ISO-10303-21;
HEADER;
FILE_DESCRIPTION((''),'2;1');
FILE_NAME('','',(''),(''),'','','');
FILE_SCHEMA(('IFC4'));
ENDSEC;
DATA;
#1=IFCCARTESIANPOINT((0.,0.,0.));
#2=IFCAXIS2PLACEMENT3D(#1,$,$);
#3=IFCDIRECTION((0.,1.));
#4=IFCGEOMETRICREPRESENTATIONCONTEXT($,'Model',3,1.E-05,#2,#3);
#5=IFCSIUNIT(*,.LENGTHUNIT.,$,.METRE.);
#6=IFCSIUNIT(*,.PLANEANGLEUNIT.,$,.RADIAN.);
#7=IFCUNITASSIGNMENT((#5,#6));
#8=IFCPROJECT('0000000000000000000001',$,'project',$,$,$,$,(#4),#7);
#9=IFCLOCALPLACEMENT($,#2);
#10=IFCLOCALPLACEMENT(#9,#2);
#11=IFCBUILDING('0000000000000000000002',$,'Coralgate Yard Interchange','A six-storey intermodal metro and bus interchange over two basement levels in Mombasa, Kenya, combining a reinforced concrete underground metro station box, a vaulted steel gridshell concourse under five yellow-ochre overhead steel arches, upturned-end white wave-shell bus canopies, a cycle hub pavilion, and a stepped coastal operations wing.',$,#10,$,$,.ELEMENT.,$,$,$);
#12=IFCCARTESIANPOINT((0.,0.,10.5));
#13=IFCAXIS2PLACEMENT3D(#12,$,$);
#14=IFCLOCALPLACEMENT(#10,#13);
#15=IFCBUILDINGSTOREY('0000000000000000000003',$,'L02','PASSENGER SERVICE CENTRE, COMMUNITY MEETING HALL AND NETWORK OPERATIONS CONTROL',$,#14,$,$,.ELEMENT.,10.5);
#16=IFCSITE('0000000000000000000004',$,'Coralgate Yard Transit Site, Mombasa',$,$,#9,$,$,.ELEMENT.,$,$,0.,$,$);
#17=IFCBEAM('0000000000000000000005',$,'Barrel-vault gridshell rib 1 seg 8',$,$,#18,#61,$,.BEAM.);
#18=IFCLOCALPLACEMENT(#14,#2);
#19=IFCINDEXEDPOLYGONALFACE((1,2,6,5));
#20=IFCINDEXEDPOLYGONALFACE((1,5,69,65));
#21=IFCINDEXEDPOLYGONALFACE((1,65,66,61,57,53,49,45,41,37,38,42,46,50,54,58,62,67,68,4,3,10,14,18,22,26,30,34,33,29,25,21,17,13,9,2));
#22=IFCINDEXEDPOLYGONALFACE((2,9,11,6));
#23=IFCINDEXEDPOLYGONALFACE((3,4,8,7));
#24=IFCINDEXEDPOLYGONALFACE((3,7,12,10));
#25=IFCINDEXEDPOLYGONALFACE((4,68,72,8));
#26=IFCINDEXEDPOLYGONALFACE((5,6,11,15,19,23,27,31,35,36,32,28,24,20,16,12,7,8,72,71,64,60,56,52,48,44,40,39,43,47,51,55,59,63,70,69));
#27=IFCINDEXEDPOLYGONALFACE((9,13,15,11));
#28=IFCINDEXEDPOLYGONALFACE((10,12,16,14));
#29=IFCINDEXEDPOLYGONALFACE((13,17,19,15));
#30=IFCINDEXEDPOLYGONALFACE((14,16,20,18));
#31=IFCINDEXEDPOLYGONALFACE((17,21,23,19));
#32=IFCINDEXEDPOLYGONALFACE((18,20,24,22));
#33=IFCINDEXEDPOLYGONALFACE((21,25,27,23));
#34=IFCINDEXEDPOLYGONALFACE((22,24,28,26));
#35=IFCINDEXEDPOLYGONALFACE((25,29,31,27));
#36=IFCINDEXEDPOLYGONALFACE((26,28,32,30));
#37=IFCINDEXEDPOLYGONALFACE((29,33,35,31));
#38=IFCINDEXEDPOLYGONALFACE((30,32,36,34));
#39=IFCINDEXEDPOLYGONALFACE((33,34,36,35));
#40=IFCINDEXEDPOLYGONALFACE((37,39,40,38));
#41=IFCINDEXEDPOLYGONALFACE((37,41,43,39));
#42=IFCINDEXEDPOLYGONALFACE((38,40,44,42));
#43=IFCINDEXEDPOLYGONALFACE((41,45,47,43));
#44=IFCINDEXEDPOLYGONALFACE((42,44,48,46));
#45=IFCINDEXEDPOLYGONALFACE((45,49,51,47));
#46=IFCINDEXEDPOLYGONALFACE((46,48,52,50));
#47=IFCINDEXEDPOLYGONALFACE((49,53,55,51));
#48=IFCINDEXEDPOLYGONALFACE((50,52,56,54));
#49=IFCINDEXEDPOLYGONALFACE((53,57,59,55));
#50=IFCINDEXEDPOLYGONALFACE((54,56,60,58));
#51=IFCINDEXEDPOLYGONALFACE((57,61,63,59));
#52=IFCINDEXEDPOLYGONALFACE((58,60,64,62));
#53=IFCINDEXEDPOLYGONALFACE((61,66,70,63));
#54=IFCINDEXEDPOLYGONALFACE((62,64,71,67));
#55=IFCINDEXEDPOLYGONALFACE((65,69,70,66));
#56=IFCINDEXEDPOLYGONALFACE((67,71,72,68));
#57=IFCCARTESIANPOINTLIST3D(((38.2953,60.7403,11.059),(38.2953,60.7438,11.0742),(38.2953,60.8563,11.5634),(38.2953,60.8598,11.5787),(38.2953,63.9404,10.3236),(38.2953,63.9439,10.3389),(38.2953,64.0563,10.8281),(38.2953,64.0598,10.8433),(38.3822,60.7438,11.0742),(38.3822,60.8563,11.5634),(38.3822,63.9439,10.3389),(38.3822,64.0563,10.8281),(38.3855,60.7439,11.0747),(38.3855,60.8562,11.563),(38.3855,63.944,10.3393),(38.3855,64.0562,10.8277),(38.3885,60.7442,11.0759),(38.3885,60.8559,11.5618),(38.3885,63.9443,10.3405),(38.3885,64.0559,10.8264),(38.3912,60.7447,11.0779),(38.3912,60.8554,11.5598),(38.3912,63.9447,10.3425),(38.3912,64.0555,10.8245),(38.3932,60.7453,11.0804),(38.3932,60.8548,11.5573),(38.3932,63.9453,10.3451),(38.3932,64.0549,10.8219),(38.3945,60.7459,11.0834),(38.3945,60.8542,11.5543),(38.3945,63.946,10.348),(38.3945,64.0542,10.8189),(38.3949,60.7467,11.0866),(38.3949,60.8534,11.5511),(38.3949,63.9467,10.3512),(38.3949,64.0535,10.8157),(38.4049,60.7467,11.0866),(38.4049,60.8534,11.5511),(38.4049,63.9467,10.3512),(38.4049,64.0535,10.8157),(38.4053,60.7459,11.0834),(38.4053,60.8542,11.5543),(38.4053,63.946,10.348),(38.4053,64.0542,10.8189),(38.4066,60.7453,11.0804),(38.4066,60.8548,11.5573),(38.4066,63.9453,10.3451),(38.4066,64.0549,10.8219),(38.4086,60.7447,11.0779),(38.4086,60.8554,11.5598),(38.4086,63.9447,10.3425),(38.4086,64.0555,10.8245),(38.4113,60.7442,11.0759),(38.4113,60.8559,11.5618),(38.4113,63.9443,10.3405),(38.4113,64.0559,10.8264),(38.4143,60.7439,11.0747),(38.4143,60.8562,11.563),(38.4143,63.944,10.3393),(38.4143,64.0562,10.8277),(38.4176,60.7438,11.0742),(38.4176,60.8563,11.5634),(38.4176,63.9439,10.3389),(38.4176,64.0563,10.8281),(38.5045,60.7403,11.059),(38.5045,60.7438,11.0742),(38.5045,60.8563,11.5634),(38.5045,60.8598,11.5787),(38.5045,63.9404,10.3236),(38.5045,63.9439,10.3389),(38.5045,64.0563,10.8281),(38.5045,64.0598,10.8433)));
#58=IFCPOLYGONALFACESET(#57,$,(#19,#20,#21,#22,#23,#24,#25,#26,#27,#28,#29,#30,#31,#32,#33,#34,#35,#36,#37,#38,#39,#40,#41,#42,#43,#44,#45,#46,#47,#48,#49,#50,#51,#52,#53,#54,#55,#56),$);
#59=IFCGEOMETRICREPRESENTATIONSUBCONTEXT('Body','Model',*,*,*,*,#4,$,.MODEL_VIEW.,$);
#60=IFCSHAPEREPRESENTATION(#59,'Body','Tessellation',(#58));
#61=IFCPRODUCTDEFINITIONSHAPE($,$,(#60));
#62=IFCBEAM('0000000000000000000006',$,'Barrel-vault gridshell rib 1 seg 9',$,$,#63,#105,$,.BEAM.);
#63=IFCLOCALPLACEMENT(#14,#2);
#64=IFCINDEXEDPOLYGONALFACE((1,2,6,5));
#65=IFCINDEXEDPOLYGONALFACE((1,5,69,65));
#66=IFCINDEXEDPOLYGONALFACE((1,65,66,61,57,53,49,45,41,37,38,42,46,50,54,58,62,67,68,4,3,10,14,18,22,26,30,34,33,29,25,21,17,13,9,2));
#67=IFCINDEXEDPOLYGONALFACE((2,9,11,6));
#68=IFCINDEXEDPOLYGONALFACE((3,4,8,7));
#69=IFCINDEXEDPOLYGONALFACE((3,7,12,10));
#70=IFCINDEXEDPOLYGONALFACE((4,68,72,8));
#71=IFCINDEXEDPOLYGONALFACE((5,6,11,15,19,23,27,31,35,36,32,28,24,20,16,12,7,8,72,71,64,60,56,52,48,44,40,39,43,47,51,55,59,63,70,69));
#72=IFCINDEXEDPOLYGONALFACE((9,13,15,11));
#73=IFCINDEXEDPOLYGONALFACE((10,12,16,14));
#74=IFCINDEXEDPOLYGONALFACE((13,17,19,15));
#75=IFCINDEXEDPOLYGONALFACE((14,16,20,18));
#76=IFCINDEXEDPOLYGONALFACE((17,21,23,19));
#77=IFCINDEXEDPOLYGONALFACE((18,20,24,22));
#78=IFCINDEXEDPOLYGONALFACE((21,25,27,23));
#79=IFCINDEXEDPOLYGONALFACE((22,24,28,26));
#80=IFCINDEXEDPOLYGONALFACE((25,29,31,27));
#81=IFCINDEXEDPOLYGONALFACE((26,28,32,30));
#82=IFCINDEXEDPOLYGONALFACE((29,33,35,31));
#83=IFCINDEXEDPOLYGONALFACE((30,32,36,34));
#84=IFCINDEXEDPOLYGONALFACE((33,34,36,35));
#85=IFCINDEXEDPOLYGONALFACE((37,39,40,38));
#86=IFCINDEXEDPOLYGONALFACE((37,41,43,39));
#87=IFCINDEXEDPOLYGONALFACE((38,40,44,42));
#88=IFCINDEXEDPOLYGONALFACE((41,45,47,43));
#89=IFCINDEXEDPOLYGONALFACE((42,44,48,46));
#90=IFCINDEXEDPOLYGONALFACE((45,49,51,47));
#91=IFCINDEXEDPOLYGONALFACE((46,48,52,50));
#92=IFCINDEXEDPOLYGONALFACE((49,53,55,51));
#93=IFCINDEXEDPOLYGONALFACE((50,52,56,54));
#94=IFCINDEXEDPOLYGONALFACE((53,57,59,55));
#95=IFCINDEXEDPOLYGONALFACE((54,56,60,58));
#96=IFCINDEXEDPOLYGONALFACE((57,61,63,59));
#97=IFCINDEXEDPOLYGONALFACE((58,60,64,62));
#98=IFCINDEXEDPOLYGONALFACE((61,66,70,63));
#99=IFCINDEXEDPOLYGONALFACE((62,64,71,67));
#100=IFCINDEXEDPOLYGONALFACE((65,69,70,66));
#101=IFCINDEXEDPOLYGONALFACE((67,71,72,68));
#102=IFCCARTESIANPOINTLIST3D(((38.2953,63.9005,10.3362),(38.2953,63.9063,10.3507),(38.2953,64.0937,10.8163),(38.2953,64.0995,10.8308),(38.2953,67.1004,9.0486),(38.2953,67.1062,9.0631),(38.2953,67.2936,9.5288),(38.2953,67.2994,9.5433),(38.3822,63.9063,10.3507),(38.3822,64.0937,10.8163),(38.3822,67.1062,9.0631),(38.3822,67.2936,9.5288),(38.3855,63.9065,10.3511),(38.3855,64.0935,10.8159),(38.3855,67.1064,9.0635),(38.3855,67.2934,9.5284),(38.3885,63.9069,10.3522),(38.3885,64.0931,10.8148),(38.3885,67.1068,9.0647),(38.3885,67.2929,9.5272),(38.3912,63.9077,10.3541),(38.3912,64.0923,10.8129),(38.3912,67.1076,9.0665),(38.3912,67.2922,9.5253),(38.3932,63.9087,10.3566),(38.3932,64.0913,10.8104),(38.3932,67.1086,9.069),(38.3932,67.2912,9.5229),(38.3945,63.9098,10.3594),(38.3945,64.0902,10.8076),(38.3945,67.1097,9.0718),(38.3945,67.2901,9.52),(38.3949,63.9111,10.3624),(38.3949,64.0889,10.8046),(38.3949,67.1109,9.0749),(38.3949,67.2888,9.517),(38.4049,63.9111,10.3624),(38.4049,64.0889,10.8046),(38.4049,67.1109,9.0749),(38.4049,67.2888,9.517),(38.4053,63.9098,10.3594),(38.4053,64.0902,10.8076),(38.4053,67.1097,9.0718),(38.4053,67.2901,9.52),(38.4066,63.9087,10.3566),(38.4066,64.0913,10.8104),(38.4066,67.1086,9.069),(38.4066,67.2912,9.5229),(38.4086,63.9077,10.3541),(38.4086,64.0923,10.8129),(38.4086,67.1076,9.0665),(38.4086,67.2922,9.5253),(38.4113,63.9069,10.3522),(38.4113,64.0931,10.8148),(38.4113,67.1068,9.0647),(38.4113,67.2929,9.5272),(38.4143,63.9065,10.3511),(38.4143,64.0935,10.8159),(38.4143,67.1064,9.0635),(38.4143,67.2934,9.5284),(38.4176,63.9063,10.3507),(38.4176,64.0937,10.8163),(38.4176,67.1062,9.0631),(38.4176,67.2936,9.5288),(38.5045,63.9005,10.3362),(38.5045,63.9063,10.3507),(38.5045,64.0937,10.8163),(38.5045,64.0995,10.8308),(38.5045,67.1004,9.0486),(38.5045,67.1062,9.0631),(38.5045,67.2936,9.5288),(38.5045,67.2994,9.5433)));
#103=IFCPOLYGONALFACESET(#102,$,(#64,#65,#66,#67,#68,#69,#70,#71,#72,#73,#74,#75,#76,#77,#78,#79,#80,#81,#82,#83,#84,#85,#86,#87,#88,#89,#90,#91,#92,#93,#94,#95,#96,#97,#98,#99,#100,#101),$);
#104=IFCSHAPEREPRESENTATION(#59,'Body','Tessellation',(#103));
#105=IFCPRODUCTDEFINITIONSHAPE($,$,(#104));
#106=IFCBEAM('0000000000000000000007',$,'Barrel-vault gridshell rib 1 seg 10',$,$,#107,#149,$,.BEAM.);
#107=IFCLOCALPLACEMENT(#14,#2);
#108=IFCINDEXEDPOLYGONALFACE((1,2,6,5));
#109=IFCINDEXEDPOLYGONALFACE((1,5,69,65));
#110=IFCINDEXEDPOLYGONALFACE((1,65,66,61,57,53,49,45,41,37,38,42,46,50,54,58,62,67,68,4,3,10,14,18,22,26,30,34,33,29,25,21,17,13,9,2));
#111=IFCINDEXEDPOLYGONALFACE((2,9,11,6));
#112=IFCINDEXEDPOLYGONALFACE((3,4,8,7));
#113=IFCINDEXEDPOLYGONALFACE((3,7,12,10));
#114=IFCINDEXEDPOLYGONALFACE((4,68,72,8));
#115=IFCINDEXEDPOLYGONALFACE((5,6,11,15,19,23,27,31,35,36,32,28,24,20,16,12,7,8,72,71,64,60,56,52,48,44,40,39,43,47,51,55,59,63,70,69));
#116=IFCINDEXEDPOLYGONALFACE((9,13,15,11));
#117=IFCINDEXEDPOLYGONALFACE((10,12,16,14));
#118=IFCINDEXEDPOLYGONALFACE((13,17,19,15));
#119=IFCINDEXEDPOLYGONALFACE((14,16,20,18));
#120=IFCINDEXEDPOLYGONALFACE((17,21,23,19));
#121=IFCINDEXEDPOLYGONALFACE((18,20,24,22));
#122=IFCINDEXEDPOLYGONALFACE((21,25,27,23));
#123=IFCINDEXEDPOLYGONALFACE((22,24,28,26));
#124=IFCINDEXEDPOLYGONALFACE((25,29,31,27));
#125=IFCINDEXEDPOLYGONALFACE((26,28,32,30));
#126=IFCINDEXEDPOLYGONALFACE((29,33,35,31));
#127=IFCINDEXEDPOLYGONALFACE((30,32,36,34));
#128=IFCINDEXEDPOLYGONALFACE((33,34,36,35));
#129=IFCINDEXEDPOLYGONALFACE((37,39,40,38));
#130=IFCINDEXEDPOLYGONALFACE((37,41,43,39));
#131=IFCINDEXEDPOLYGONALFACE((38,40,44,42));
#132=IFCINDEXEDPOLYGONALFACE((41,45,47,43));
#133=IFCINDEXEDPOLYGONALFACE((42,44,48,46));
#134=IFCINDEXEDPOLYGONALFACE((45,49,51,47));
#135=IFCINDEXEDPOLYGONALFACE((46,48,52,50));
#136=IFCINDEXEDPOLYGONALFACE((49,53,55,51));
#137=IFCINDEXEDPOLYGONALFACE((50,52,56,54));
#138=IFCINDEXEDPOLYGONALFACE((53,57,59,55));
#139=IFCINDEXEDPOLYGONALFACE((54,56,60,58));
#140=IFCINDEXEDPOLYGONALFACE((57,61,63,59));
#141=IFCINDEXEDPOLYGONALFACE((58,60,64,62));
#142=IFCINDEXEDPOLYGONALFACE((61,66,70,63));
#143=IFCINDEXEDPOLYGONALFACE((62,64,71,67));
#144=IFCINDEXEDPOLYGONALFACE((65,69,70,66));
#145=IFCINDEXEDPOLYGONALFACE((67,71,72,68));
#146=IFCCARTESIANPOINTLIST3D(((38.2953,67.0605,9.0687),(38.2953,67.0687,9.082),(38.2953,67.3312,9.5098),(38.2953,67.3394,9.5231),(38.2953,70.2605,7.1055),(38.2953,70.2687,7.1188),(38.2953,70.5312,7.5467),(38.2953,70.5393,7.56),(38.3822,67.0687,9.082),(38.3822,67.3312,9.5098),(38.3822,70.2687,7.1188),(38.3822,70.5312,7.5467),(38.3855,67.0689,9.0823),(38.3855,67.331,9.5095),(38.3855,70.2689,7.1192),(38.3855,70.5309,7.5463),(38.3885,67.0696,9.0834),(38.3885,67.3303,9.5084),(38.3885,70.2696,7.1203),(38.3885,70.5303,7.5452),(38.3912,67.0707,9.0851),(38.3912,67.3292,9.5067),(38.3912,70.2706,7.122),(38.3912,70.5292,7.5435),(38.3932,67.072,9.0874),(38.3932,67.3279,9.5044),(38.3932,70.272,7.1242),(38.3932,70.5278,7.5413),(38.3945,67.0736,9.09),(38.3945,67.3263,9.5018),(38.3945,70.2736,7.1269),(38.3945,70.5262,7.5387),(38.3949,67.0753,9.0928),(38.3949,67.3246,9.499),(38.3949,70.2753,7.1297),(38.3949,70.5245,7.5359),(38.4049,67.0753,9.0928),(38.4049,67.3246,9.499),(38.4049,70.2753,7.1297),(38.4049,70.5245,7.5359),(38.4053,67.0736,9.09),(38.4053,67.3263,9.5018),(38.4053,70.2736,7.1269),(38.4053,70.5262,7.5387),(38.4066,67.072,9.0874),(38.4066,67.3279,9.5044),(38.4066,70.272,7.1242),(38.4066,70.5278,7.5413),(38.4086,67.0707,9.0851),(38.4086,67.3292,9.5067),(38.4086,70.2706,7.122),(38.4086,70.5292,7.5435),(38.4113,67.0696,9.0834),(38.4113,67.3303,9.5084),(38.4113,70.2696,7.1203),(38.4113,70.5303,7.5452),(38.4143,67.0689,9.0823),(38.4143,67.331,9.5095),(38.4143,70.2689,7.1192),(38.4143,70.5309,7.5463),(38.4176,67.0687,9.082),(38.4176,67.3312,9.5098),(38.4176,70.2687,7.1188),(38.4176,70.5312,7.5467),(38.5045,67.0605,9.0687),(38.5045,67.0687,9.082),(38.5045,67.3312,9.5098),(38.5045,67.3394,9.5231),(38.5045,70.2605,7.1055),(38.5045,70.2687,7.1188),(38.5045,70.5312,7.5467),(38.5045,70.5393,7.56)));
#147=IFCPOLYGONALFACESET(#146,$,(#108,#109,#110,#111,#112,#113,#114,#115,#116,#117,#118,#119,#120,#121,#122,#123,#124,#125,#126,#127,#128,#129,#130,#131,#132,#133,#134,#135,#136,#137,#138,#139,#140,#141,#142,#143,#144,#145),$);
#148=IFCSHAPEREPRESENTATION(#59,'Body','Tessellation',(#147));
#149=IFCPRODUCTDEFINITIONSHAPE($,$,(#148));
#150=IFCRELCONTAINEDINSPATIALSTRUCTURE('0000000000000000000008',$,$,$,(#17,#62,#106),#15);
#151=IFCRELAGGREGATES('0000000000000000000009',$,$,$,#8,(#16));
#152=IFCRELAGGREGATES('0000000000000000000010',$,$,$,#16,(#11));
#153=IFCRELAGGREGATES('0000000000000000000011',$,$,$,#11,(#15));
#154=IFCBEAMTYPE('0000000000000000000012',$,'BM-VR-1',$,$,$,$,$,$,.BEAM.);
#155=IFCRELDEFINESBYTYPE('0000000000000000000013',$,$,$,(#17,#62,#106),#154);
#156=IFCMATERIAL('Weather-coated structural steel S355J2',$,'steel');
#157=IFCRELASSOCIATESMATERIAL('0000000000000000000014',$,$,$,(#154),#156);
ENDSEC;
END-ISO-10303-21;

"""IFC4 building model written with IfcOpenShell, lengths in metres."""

from ifc_helpers import new_model, si_unit, direction, frame, origin, origin_2d, place, context, subcontext, project, spatial, i_section, extrude, material, material_profile, profile_set, type_object, element, save


model = new_model("IFC4")

# Units and contexts
model_context = context("Model", 3, precision=1e-05, world=origin(), true_north=direction((0.0, 1.0)))
body_context = subcontext(model_context, "Body", "Model", "MODEL_VIEW")
ifc_project = project(units=[si_unit("LENGTHUNIT", "METRE"), si_unit("PLANEANGLEUNIT", "RADIAN")], contexts=[model_context])

# Site, building, storey
site_placement = place(None, origin())
site = spatial("IfcSite", under=ifc_project, at=site_placement, Name="Coralgate Yard Transit Site, Mombasa", CompositionType="ELEMENT", RefElevation=0.0)
building_placement = place(site_placement, origin())
building = spatial("IfcBuilding", under=site, at=building_placement, Name="Coralgate Yard Interchange", Description="A six-storey intermodal metro and bus interchange over two basement levels in Mombasa, Kenya, combining a reinforced concrete underground metro station box, a vaulted steel gridshell concourse under five yellow-ochre overhead steel arches, upturned-end white wave-shell bus canopies, a cycle hub pavilion, and a stepped coastal operations wing.", CompositionType="ELEMENT")
storey_placement = place(building_placement, frame((0.0, 0.0, 10.5)))
storey = spatial("IfcBuildingStorey", under=building, at=storey_placement, Name="L02", Description="PASSENGER SERVICE CENTRE, COMMUNITY MEETING HALL AND NETWORK OPERATIONS CONTROL", CompositionType="ELEMENT", Elevation=10.5)

# Beams
ifc_material_1 = material(Name="Weather-coated structural steel S355J2", Category="steel")
ifc_material_profile_1 = material_profile(ifc_material_1, i_section(OverallWidth=0.2092, OverallDepth=0.5332, WebThickness=0.01, FlangeThickness=0.0156, FilletRadius=0.0127, at=origin_2d()), Name="UB 533x210x92")
ifc_profile_set_1 = profile_set([ifc_material_profile_1], Name="Weather-coated structural steel S355J2")
beam_type = type_object("IfcBeamType", Name="BM-VR-1", PredefinedType="BEAM", material=ifc_profile_set_1)
beam_1_placement = place(storey_placement, frame((38.3999, 60.8, 11.3188), z_axis=(0.0, 0.974598, -0.223963), x_axis=(-1.0, 0.0, 0.0)))
element("IfcBeam", 1, at=beam_1_placement, inside=storey, type_object=beam_type, Name="Barrel-vault gridshell rib 1 seg 8", PredefinedType="BEAM", context=body_context, shape_type="SweptSolid", body=[
    extrude(i_section(OverallWidth=0.2092, OverallDepth=0.5332, WebThickness=0.01, FlangeThickness=0.0156, FilletRadius=0.0127, at=origin_2d()), origin(), (0.0, 0.0, 1.0), 3.2834),
])
beam_2_placement = place(storey_placement, frame((38.3999, 64.0, 10.5835), z_axis=(0.0, 0.927713, -0.373294), x_axis=(-1.0, 0.0, 0.0)))
element("IfcBeam", 2, at=beam_2_placement, inside=storey, type_object=beam_type, Name="Barrel-vault gridshell rib 1 seg 9", PredefinedType="BEAM", context=body_context, shape_type="SweptSolid", body=[
    extrude(i_section(OverallWidth=0.2092, OverallDepth=0.5332, WebThickness=0.01, FlangeThickness=0.0156, FilletRadius=0.0127, at=origin_2d()), origin(), (0.0, 0.0, 1.0), 3.4492),
])
beam_3_placement = place(storey_placement, frame((38.3999, 67.2, 9.2959), z_axis=(0.0, 0.852379, -0.522925), x_axis=(-1.0, 0.0, 0.0)))
element("IfcBeam", 3, at=beam_3_placement, inside=storey, type_object=beam_type, Name="Barrel-vault gridshell rib 1 seg 10", PredefinedType="BEAM", context=body_context, shape_type="SweptSolid", body=[
    extrude(i_section(OverallWidth=0.2092, OverallDepth=0.5332, WebThickness=0.01, FlangeThickness=0.0156, FilletRadius=0.0127, at=origin_2d()), origin(), (0.0, 0.0, 1.0), 3.7542),
])

save(model, "model.ifc")
